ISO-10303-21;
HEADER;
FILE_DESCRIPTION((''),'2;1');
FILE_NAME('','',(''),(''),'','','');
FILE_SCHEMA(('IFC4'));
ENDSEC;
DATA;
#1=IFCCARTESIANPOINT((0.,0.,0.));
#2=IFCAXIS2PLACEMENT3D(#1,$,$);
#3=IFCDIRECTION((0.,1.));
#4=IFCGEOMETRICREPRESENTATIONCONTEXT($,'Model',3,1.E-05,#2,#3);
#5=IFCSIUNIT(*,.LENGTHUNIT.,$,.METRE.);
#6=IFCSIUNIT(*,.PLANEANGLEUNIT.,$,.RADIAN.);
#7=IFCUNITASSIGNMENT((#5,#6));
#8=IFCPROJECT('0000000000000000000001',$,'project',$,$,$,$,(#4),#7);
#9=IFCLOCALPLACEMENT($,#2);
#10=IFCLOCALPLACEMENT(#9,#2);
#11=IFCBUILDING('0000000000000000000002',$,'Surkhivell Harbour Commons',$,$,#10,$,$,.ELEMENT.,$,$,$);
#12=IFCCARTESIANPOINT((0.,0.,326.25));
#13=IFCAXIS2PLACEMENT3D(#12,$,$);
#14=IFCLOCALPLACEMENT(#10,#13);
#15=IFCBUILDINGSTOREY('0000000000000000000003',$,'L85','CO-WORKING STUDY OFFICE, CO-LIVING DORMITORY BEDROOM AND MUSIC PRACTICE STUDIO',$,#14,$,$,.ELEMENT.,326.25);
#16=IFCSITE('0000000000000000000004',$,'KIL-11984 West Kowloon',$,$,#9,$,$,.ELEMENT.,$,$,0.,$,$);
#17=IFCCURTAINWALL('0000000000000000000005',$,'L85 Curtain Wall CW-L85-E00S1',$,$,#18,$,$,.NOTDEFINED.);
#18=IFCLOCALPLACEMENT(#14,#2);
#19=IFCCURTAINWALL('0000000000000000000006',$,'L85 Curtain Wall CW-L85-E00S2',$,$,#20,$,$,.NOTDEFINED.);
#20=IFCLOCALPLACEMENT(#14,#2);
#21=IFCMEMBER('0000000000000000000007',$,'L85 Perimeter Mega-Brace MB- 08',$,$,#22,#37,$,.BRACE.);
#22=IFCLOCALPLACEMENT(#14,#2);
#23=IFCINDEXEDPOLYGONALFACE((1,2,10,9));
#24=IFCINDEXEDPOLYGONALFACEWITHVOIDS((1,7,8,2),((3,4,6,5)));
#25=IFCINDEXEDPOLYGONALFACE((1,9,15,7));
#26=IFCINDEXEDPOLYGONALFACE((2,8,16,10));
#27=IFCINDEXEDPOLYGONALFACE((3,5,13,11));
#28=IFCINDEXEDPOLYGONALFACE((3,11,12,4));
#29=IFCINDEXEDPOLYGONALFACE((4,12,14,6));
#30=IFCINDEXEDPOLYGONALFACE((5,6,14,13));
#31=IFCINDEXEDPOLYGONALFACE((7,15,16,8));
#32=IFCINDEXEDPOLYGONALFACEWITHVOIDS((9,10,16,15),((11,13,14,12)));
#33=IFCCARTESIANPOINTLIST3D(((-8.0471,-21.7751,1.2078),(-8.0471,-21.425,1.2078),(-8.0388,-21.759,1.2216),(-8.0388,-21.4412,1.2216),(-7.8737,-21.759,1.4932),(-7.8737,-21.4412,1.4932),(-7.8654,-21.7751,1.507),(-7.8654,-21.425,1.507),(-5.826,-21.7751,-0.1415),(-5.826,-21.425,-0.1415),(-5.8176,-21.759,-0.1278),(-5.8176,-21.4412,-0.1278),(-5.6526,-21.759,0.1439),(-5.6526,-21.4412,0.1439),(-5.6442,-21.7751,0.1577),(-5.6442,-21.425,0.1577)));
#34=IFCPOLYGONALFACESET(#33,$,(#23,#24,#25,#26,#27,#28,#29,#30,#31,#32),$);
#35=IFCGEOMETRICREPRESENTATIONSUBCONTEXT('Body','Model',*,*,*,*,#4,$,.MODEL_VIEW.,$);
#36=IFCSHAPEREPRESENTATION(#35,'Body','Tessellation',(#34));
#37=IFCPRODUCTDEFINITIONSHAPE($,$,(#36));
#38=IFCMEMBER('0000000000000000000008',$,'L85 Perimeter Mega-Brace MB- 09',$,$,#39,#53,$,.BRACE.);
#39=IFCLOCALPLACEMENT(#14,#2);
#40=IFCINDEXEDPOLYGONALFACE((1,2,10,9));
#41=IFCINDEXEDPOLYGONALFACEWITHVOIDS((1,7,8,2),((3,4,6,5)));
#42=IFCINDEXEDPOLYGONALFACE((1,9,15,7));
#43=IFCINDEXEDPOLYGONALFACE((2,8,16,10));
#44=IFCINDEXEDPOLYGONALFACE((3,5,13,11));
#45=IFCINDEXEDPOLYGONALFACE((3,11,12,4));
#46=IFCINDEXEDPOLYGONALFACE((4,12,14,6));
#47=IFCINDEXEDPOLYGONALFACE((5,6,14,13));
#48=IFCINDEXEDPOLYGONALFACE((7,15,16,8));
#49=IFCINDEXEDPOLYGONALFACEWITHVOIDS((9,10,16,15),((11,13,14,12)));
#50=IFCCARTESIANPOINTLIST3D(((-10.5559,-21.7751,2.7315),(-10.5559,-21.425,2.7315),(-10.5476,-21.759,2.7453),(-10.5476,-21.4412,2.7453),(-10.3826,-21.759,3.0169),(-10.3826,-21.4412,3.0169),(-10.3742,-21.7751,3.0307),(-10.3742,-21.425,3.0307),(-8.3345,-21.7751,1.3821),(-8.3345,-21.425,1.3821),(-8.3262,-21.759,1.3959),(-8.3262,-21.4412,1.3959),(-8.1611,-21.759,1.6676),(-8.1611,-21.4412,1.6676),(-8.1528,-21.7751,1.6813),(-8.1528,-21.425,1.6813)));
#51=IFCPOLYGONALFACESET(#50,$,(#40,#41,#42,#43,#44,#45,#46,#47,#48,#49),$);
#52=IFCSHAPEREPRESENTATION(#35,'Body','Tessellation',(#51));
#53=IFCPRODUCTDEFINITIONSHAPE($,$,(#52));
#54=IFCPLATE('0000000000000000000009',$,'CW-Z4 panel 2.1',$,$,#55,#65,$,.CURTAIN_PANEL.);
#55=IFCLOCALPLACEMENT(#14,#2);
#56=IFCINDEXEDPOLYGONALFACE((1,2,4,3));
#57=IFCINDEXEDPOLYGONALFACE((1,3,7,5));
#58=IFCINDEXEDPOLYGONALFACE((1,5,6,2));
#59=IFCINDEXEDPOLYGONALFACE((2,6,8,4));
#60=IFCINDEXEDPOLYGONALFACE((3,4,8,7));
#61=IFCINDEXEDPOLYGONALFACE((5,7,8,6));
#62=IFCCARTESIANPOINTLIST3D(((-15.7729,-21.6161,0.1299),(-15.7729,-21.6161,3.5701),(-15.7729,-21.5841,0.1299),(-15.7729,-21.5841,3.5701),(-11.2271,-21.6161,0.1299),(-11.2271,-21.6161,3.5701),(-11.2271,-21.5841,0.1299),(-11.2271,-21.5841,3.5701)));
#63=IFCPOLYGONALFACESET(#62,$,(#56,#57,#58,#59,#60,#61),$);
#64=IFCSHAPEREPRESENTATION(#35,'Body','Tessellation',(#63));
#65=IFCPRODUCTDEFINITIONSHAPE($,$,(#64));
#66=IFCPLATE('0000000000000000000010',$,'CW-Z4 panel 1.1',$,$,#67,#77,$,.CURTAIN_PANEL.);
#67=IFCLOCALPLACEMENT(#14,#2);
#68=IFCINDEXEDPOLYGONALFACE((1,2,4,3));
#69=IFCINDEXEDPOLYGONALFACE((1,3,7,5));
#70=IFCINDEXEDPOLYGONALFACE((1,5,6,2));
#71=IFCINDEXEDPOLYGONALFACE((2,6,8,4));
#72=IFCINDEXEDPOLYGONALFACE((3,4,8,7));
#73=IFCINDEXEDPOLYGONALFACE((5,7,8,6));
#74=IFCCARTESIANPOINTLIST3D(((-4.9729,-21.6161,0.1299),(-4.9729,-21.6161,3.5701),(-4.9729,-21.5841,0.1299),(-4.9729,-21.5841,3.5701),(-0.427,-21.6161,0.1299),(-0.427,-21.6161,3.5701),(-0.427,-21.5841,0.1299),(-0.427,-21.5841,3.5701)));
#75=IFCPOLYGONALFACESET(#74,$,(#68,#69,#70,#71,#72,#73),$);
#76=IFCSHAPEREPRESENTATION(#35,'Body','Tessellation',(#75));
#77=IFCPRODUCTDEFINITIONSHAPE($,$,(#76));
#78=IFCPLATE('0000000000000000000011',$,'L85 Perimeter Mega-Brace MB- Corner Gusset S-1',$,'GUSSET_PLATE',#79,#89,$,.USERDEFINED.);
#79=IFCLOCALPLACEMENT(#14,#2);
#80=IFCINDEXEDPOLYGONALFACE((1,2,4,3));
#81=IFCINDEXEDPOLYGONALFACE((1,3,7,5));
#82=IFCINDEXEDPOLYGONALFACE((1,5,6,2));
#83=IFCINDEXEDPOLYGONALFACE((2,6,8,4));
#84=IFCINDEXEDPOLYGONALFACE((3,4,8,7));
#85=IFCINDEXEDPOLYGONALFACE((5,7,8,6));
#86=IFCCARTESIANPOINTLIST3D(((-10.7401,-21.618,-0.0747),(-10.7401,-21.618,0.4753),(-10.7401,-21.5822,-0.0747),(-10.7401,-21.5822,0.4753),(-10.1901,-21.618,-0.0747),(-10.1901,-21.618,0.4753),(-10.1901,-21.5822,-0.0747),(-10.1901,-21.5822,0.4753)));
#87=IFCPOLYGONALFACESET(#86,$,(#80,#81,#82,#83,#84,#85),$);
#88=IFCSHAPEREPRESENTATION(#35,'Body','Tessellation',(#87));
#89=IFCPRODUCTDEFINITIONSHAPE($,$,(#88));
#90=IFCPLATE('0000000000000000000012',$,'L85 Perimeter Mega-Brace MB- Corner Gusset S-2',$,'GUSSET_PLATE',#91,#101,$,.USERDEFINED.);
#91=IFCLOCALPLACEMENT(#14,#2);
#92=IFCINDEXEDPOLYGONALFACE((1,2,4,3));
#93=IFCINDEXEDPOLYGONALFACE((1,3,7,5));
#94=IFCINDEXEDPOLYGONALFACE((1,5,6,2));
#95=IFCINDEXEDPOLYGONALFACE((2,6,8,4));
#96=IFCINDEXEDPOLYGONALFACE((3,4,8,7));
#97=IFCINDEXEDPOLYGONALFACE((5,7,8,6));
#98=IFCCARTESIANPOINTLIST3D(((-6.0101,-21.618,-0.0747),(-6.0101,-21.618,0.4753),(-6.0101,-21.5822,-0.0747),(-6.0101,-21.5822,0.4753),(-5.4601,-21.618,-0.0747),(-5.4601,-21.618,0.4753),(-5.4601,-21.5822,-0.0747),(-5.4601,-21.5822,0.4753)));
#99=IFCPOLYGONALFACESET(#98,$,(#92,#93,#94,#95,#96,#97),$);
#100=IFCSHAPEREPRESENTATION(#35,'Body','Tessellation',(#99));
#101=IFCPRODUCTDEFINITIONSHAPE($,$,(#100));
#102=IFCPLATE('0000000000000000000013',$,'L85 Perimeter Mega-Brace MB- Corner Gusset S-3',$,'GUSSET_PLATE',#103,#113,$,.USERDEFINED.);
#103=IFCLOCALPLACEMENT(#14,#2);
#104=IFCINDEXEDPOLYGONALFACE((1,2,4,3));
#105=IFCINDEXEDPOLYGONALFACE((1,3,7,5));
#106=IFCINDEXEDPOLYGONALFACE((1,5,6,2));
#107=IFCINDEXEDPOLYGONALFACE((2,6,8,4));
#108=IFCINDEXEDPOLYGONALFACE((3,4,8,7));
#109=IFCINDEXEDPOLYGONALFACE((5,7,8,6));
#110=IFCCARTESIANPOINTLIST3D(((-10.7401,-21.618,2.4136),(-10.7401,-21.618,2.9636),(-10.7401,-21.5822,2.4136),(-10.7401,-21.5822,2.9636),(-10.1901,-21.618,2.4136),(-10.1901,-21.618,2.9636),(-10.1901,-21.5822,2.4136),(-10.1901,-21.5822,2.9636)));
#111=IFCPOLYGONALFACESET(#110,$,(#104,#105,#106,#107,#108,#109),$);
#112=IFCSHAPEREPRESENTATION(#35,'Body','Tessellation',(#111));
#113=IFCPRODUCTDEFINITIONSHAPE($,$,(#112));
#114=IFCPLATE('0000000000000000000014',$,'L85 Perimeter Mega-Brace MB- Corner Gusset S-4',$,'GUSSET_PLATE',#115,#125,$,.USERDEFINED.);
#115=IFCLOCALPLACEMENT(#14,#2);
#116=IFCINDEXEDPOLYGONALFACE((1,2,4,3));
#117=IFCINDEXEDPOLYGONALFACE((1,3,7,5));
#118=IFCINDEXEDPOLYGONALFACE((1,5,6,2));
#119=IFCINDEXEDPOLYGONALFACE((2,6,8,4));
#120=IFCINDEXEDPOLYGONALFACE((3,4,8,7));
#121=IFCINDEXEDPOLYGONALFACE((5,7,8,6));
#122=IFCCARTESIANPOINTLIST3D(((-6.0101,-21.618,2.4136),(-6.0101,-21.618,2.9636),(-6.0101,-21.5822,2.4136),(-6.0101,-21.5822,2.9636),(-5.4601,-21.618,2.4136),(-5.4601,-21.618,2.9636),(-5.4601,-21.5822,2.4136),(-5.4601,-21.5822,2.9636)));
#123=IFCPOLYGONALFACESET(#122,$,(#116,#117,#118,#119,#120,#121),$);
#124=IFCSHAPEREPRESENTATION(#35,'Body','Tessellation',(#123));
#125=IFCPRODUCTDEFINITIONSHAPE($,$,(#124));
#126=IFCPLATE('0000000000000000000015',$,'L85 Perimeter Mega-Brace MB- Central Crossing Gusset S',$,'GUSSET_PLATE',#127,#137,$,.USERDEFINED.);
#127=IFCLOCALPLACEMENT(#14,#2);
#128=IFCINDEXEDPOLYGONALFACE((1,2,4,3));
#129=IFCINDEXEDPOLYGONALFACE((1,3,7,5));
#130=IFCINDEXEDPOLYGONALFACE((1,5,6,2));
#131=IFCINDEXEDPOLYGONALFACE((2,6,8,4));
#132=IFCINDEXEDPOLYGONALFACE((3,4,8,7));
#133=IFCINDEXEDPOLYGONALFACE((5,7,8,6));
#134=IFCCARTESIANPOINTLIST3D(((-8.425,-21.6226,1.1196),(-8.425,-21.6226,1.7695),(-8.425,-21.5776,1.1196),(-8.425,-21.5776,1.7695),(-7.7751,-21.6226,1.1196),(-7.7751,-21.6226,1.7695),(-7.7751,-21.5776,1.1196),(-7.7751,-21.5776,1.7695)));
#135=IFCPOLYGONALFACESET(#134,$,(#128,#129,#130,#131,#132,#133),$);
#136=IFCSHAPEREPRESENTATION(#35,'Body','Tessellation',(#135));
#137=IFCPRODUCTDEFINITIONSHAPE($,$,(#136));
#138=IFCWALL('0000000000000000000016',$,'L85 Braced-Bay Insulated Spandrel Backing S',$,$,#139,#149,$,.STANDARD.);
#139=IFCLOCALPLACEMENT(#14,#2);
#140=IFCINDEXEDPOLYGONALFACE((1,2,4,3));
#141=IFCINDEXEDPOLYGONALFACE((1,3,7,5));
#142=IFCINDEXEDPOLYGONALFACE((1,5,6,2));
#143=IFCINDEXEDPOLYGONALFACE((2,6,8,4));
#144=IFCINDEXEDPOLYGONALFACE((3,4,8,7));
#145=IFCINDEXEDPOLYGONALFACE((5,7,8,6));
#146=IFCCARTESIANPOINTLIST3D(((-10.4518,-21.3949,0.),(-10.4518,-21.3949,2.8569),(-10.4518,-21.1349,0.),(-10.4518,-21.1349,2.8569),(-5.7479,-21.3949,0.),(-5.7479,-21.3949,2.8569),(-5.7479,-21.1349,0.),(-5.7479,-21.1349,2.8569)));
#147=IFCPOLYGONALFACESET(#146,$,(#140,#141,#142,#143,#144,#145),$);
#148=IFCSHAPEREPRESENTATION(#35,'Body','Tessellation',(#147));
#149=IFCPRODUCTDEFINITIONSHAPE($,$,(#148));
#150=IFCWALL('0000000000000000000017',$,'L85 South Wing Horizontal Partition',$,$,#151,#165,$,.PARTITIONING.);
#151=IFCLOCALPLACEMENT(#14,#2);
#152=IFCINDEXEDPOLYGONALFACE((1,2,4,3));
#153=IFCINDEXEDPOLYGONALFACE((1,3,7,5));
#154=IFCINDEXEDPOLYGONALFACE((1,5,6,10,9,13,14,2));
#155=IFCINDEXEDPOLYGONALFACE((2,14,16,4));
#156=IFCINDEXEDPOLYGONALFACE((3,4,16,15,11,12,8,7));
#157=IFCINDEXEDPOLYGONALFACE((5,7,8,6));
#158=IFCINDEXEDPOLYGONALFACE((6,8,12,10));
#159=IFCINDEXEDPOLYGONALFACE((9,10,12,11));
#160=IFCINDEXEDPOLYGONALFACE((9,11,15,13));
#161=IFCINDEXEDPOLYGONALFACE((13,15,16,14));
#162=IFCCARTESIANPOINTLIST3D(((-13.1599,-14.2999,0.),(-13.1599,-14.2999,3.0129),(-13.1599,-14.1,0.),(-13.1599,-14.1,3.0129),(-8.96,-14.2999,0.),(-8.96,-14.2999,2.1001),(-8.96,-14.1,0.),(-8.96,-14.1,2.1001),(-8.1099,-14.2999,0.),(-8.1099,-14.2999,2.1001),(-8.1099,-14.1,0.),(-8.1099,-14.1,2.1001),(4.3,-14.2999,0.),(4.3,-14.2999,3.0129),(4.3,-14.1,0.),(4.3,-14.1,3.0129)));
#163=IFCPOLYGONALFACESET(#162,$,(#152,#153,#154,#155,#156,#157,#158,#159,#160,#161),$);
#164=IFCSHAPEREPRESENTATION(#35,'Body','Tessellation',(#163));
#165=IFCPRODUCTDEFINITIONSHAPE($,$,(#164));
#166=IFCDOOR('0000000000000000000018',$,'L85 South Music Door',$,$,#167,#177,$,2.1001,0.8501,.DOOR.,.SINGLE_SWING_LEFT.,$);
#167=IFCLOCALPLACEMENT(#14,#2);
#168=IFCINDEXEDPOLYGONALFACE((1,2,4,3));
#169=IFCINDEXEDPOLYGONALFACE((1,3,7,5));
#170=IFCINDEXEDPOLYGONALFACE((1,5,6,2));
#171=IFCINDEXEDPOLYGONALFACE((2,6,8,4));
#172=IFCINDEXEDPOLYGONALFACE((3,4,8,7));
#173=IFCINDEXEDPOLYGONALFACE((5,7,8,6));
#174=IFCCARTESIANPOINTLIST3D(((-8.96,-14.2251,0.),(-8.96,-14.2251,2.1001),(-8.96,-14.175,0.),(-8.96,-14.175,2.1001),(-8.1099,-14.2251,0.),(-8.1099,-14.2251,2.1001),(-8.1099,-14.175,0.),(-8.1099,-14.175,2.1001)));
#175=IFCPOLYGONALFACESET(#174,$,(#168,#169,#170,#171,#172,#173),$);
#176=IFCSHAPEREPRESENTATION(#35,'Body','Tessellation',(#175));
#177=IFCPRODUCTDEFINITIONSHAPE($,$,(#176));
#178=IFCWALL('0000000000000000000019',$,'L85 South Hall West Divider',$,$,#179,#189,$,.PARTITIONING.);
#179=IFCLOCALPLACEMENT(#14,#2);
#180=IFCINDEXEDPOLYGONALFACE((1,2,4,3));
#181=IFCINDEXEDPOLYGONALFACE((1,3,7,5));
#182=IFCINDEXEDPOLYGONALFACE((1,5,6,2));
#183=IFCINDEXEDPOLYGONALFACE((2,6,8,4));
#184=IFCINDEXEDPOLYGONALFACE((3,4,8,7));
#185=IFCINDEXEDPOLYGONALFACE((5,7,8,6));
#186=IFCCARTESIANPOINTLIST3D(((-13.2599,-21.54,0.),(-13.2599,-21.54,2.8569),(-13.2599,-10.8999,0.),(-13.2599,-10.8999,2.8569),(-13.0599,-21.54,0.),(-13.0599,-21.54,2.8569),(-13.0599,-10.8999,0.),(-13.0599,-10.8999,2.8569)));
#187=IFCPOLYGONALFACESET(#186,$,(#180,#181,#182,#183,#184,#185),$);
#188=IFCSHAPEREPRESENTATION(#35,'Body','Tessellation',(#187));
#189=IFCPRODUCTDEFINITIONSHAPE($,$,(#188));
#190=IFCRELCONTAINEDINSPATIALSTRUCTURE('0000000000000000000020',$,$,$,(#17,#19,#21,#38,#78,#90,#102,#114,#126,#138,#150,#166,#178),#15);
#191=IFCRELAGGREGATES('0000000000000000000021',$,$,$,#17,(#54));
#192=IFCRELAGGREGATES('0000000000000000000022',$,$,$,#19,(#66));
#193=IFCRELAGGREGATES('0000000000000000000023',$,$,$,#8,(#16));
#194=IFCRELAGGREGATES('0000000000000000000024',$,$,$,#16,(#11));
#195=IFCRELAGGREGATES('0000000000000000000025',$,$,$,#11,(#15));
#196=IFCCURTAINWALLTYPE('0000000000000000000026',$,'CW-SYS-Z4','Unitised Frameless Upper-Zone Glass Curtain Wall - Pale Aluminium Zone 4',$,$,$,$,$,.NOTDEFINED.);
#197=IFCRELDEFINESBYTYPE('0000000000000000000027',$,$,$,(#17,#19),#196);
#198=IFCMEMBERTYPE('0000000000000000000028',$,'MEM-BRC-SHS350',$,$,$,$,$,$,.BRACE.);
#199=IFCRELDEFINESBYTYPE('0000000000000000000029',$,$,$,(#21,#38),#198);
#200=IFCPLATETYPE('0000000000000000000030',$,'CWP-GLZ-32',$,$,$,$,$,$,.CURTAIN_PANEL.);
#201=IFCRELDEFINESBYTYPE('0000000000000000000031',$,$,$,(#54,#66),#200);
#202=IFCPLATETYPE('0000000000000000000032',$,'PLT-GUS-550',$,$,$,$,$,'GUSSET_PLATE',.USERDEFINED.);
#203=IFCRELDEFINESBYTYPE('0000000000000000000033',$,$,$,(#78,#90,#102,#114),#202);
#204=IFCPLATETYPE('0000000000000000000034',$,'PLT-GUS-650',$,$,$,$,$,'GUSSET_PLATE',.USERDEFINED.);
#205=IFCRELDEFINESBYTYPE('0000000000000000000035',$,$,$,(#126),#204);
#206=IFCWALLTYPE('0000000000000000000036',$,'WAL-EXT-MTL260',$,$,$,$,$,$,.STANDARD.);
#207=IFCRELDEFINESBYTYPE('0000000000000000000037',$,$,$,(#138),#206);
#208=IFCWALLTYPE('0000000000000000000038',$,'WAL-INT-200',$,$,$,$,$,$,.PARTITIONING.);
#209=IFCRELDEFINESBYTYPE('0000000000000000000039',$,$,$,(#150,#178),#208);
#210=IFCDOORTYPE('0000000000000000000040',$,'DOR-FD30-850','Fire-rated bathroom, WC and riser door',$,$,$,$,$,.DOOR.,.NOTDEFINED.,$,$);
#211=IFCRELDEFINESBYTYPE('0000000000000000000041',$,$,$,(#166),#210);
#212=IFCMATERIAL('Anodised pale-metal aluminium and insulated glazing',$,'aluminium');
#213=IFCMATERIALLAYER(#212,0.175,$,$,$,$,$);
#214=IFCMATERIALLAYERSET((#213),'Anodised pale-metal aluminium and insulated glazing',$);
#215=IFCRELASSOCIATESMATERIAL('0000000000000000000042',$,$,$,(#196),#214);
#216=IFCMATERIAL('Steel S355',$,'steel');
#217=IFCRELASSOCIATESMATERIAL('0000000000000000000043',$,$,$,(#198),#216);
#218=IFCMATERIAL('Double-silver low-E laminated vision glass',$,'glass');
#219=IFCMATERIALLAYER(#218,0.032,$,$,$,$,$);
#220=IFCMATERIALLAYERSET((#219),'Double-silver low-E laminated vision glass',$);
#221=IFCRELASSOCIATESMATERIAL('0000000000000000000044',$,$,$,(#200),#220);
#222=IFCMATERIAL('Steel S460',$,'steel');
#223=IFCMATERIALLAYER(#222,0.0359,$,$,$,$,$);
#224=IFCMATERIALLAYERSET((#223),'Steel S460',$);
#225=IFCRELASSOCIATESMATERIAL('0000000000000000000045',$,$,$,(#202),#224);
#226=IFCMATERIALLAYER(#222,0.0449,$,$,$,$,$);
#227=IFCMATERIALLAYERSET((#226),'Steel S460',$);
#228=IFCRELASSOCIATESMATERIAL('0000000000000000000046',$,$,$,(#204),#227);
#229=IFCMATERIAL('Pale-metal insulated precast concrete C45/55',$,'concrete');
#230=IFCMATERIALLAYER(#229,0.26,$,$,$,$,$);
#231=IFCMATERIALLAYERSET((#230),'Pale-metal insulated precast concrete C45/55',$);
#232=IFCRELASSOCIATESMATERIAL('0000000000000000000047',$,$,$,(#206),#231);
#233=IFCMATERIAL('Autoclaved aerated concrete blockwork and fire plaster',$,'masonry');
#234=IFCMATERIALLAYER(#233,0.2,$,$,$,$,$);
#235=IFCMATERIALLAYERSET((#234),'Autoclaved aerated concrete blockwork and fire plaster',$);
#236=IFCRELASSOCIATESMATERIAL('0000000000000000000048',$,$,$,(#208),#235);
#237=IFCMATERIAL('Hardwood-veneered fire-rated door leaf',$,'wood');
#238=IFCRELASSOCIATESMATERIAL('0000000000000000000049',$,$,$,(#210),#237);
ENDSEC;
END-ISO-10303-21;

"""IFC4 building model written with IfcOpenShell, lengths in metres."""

from ifc_helpers import new_model, si_unit, direction, frame, frame_2d, origin, origin_2d, place, context, subcontext, project, spatial, rectangle, hollow_rectangle, extrude, material, layer, layer_set, material_profile, profile_set, type_object, element, fill, aggregate, save


model = new_model("IFC4")

# Units and contexts
model_context = context("Model", 3, precision=1e-05, world=origin(), true_north=direction((0.0, 1.0)))
body_context = subcontext(model_context, "Body", "Model", "MODEL_VIEW")
ifc_project = project(units=[si_unit("LENGTHUNIT", "METRE"), si_unit("PLANEANGLEUNIT", "RADIAN")], contexts=[model_context])

# Site, building, storey
site_placement = place(None, origin())
site = spatial("IfcSite", under=ifc_project, at=site_placement, Name="KIL-11984 West Kowloon", CompositionType="ELEMENT", RefElevation=0.0)
building_placement = place(site_placement, origin())
building = spatial("IfcBuilding", under=site, at=building_placement, Name="Surkhivell Harbour Commons", CompositionType="ELEMENT")
storey_placement = place(building_placement, frame((0.0, 0.0, 326.25)))
storey = spatial("IfcBuildingStorey", under=building, at=storey_placement, Name="L85", Description="CO-WORKING STUDY OFFICE, CO-LIVING DORMITORY BEDROOM AND MUSIC PRACTICE STUDIO", CompositionType="ELEMENT", Elevation=326.25)

# Shared definitions
ifc_material_1 = material(Name="Steel S355", Category="steel")

# Curtain wall
ifc_material_2 = material(Name="Anodised pale-metal aluminium and insulated glazing", Category="aluminium")
ifc_layer_1 = layer(ifc_material_2, 0.175)
ifc_layer_set_1 = layer_set([ifc_layer_1], Name="Anodised pale-metal aluminium and insulated glazing")
curtain_wall_type = type_object("IfcCurtainWallType", Name="CW-SYS-Z4", Description="Unitised Frameless Upper-Zone Glass Curtain Wall - Pale Aluminium Zone 4", PredefinedType="NOTDEFINED", material=ifc_layer_set_1)
curtain_wall_1_placement = place(storey_placement, origin())
curtain_wall_1 = element("IfcCurtainWall", 1, at=curtain_wall_1_placement, inside=storey, type_object=curtain_wall_type, Name="L85 Curtain Wall CW-L85-E00S1", PredefinedType="NOTDEFINED")

# Curtain wall
curtain_wall_2_placement = place(storey_placement, origin())
curtain_wall_2 = element("IfcCurtainWall", 2, at=curtain_wall_2_placement, inside=storey, type_object=curtain_wall_type, Name="L85 Curtain Wall CW-L85-E00S2", PredefinedType="NOTDEFINED")

# Members
ifc_material_profile_1 = material_profile(ifc_material_1, hollow_rectangle(XDim=0.3501, YDim=0.3501, WallThickness=0.0161, at=origin_2d()), Name="SHS350x350x16")
ifc_profile_set_1 = profile_set([ifc_material_profile_1], Name="Steel S355")
member_type_1 = type_object("IfcMemberType", Name="MEM-BRC-SHS350", PredefinedType="BRACE", material=ifc_profile_set_1)
member_1_placement = place(storey_placement, frame((-5.7351, -21.6001, 0.0081), z_axis=(-0.854654, 0.0, 0.519199), x_axis=(0.0, -1.0, 0.0)))
element("IfcMember", 3, at=member_1_placement, inside=storey, type_object=member_type_1, Name="L85 Perimeter Mega-Brace MB- 08", PredefinedType="BRACE", context=body_context, shape_type="SweptSolid", body=[
    extrude(hollow_rectangle(XDim=0.3501, YDim=0.3501, WallThickness=0.0161, at=origin_2d()), origin(), (0.0, 0.0, 1.0), 2.5989),
])
member_2_placement = place(storey_placement, frame((-8.2437, -21.6001, 1.5317), z_axis=(-0.854679, 0.0, 0.519157), x_axis=(0.0, -1.0, 0.0)))
element("IfcMember", 4, at=member_2_placement, inside=storey, type_object=member_type_1, Name="L85 Perimeter Mega-Brace MB- 09", PredefinedType="BRACE", context=body_context, shape_type="SweptSolid", body=[
    extrude(hollow_rectangle(XDim=0.3501, YDim=0.3501, WallThickness=0.0161, at=origin_2d()), origin(), (0.0, 0.0, 1.0), 2.5991),
])

# Plates
ifc_material_3 = material(Name="Double-silver low-E laminated vision glass", Category="glass")
ifc_layer_2 = layer(ifc_material_3, 0.032)
ifc_layer_set_2 = layer_set([ifc_layer_2], Name="Double-silver low-E laminated vision glass")
plate_type_1 = type_object("IfcPlateType", Name="CWP-GLZ-32", PredefinedType="CURTAIN_PANEL", material=ifc_layer_set_2)
plate_1_placement = place(storey_placement, frame((-15.7729, -21.6001, 0.1299), z_axis=(0.0, 0.0, 1.0), x_axis=(1.0, 0.0, 0.0)))
plate_1 = element("IfcPlate", 5, at=plate_1_placement, type_object=plate_type_1, Name="CW-Z4 panel 2.1", PredefinedType="CURTAIN_PANEL", context=body_context, shape_type="SweptSolid", body=[
    extrude(rectangle(XDim=4.5459, YDim=0.032, at=frame_2d((2.2729, 0.0))), origin(), (0.0, 0.0, 1.0), 3.4402),
])
aggregate(curtain_wall_1, [plate_1])
plate_2_placement = place(storey_placement, frame((-4.9729, -21.6001, 0.1299), z_axis=(0.0, 0.0, 1.0), x_axis=(1.0, 0.0, 0.0)))
plate_2 = element("IfcPlate", 6, at=plate_2_placement, type_object=plate_type_1, Name="CW-Z4 panel 1.1", PredefinedType="CURTAIN_PANEL", context=body_context, shape_type="SweptSolid", body=[
    extrude(rectangle(XDim=4.5459, YDim=0.032, at=frame_2d((2.2729, 0.0))), origin(), (0.0, 0.0, 1.0), 3.4402),
])
aggregate(curtain_wall_2, [plate_2])

# Plates
ifc_material_4 = material(Name="Steel S460", Category="steel")
ifc_layer_3 = layer(ifc_material_4, 0.0359)
ifc_layer_set_3 = layer_set([ifc_layer_3], Name="Steel S460")
plate_type_2 = type_object("IfcPlateType", Name="PLT-GUS-550", ElementType="GUSSET_PLATE", PredefinedType="USERDEFINED", material=ifc_layer_set_3)
for number, where, z_axis, x_axis, name in (
    (7, (-10.4651, -21.6001, -0.0747), (0.0, 0.0, 1.0), (1.0, 0.0, 0.0), "L85 Perimeter Mega-Brace MB- Corner Gusset S-1"),
    (8, (-5.7351, -21.6001, -0.0747), (0.0, 0.0, 1.0), (1.0, 0.0, 0.0), "L85 Perimeter Mega-Brace MB- Corner Gusset S-2"),
    (9, (-10.4651, -21.6001, 2.4136), (0.0, 0.0, 1.0), (1.0, 0.0, 0.0), "L85 Perimeter Mega-Brace MB- Corner Gusset S-3"),
    (10, (-5.7351, -21.6001, 2.4136), (0.0, 0.0, 1.0), (1.0, 0.0, 0.0), "L85 Perimeter Mega-Brace MB- Corner Gusset S-4"),
):
    element("IfcPlate", number, at=place(storey_placement, frame(where, z_axis=z_axis, x_axis=x_axis)), inside=storey, type_object=plate_type_2, Name=name, ObjectType="GUSSET_PLATE", PredefinedType="USERDEFINED", context=body_context, shape_type="SweptSolid", body=[
        extrude(rectangle(XDim=0.55, YDim=0.0359, at=origin_2d()), origin(), (0.0, 0.0, 1.0), 0.55),
    ])
ifc_layer_4 = layer(ifc_material_4, 0.0449)
ifc_layer_set_4 = layer_set([ifc_layer_4], Name="Steel S460")
plate_type_3 = type_object("IfcPlateType", Name="PLT-GUS-650", ElementType="GUSSET_PLATE", PredefinedType="USERDEFINED", material=ifc_layer_set_4)
plate_3_placement = place(storey_placement, frame((-8.1001, -21.6001, 1.1196), z_axis=(0.0, 0.0, 1.0), x_axis=(1.0, 0.0, 0.0)))
element("IfcPlate", 11, at=plate_3_placement, inside=storey, type_object=plate_type_3, Name="L85 Perimeter Mega-Brace MB- Central Crossing Gusset S", ObjectType="GUSSET_PLATE", PredefinedType="USERDEFINED", context=body_context, shape_type="SweptSolid", body=[
    extrude(rectangle(XDim=0.6499, YDim=0.0449, at=origin_2d()), origin(), (0.0, 0.0, 1.0), 0.6499),
])

# Wall
ifc_material_5 = material(Name="Pale-metal insulated precast concrete C45/55", Category="concrete")
ifc_layer_5 = layer(ifc_material_5, 0.26)
ifc_layer_set_5 = layer_set([ifc_layer_5], Name="Pale-metal insulated precast concrete C45/55")
wall_type_1 = type_object("IfcWallType", Name="WAL-EXT-MTL260", PredefinedType="STANDARD", material=ifc_layer_set_5)
wall_1_placement = place(storey_placement, frame((-10.4519, -21.2649, 0.0), z_axis=(0.0, 0.0, 1.0), x_axis=(1.0, 0.0, 0.0)))
element("IfcWall", 12, at=wall_1_placement, inside=storey, type_object=wall_type_1, Name="L85 Braced-Bay Insulated Spandrel Backing S", PredefinedType="STANDARD", context=body_context, shape_type="SweptSolid", body=[
    extrude(rectangle(XDim=4.7039, YDim=0.26, at=frame_2d((2.3521, 0.0))), origin(), (0.0, 0.0, 1.0), 2.8569),
])

# Wall, opening, door
ifc_material_6 = material(Name="Autoclaved aerated concrete blockwork and fire plaster", Category="masonry")
ifc_layer_6 = layer(ifc_material_6, 0.2)
ifc_layer_set_6 = layer_set([ifc_layer_6], Name="Autoclaved aerated concrete blockwork and fire plaster")
wall_type_2 = type_object("IfcWallType", Name="WAL-INT-200", PredefinedType="PARTITIONING", material=ifc_layer_set_6)
wall_2_placement = place(storey_placement, frame((-13.1599, -14.2, 0.0), z_axis=(0.0, 0.0, 1.0), x_axis=(1.0, 0.0, 0.0)))
wall_2 = element("IfcWall", 13, at=wall_2_placement, inside=storey, type_object=wall_type_2, Name="L85 South Wing Horizontal Partition", PredefinedType="PARTITIONING", context=body_context, shape_type="SweptSolid", body=[
    extrude(rectangle(XDim=17.46, YDim=0.2, at=frame_2d((8.73, 0.0))), origin(), (0.0, 0.0, 1.0), 3.0129),
])
opening_placement = place(wall_2_placement, frame((4.2, 0.0, 0.0)))
opening = element("IfcOpeningElement", 14, at=opening_placement, cuts=wall_2, PredefinedType="OPENING", context=body_context, shape_type="SweptSolid", body=[
    extrude(rectangle(XDim=0.8501, YDim=2.1001, at=frame_2d((0.425, 1.05))), frame((0.0, 0.1099, 0.0), z_axis=(0.0, -1.0, 0.0), x_axis=(1.0, 0.0, 0.0)), (0.0, 0.0, 1.0), 0.22),
])
ifc_material_7 = material(Name="Hardwood-veneered fire-rated door leaf", Category="wood")
door_type = type_object("IfcDoorType", Name="DOR-FD30-850", Description="Fire-rated bathroom, WC and riser door", OperationType="NOTDEFINED", PredefinedType="DOOR", material=ifc_material_7)
door_placement = place(opening_placement, origin())
door = element("IfcDoor", 15, at=door_placement, inside=storey, type_object=door_type, Name="L85 South Music Door", OperationType="SINGLE_SWING_LEFT", OverallHeight=2.1001, OverallWidth=0.8501, PredefinedType="DOOR", context=body_context, shape_type="SweptSolid", body=[
    extrude(rectangle(XDim=0.8501, YDim=2.1001, at=frame_2d((0.425, 1.05))), frame((0.0, 0.0249, 0.0), z_axis=(0.0, -1.0, 0.0), x_axis=(1.0, 0.0, 0.0)), (0.0, 0.0, 1.0), 0.05),
])
fill(opening, door)

# Wall
wall_3_placement = place(storey_placement, frame((-13.1599, -21.54, 0.0), z_axis=(0.0, 0.0, 1.0), x_axis=(0.0, 1.0, 0.0)))
element("IfcWall", 16, at=wall_3_placement, inside=storey, type_object=wall_type_2, Name="L85 South Hall West Divider", PredefinedType="PARTITIONING", context=body_context, shape_type="SweptSolid", body=[
    extrude(rectangle(XDim=10.6401, YDim=0.2, at=frame_2d((5.3201, 0.0))), origin(), (0.0, 0.0, 1.0), 2.8569),
])

save(model, "model.ifc")
